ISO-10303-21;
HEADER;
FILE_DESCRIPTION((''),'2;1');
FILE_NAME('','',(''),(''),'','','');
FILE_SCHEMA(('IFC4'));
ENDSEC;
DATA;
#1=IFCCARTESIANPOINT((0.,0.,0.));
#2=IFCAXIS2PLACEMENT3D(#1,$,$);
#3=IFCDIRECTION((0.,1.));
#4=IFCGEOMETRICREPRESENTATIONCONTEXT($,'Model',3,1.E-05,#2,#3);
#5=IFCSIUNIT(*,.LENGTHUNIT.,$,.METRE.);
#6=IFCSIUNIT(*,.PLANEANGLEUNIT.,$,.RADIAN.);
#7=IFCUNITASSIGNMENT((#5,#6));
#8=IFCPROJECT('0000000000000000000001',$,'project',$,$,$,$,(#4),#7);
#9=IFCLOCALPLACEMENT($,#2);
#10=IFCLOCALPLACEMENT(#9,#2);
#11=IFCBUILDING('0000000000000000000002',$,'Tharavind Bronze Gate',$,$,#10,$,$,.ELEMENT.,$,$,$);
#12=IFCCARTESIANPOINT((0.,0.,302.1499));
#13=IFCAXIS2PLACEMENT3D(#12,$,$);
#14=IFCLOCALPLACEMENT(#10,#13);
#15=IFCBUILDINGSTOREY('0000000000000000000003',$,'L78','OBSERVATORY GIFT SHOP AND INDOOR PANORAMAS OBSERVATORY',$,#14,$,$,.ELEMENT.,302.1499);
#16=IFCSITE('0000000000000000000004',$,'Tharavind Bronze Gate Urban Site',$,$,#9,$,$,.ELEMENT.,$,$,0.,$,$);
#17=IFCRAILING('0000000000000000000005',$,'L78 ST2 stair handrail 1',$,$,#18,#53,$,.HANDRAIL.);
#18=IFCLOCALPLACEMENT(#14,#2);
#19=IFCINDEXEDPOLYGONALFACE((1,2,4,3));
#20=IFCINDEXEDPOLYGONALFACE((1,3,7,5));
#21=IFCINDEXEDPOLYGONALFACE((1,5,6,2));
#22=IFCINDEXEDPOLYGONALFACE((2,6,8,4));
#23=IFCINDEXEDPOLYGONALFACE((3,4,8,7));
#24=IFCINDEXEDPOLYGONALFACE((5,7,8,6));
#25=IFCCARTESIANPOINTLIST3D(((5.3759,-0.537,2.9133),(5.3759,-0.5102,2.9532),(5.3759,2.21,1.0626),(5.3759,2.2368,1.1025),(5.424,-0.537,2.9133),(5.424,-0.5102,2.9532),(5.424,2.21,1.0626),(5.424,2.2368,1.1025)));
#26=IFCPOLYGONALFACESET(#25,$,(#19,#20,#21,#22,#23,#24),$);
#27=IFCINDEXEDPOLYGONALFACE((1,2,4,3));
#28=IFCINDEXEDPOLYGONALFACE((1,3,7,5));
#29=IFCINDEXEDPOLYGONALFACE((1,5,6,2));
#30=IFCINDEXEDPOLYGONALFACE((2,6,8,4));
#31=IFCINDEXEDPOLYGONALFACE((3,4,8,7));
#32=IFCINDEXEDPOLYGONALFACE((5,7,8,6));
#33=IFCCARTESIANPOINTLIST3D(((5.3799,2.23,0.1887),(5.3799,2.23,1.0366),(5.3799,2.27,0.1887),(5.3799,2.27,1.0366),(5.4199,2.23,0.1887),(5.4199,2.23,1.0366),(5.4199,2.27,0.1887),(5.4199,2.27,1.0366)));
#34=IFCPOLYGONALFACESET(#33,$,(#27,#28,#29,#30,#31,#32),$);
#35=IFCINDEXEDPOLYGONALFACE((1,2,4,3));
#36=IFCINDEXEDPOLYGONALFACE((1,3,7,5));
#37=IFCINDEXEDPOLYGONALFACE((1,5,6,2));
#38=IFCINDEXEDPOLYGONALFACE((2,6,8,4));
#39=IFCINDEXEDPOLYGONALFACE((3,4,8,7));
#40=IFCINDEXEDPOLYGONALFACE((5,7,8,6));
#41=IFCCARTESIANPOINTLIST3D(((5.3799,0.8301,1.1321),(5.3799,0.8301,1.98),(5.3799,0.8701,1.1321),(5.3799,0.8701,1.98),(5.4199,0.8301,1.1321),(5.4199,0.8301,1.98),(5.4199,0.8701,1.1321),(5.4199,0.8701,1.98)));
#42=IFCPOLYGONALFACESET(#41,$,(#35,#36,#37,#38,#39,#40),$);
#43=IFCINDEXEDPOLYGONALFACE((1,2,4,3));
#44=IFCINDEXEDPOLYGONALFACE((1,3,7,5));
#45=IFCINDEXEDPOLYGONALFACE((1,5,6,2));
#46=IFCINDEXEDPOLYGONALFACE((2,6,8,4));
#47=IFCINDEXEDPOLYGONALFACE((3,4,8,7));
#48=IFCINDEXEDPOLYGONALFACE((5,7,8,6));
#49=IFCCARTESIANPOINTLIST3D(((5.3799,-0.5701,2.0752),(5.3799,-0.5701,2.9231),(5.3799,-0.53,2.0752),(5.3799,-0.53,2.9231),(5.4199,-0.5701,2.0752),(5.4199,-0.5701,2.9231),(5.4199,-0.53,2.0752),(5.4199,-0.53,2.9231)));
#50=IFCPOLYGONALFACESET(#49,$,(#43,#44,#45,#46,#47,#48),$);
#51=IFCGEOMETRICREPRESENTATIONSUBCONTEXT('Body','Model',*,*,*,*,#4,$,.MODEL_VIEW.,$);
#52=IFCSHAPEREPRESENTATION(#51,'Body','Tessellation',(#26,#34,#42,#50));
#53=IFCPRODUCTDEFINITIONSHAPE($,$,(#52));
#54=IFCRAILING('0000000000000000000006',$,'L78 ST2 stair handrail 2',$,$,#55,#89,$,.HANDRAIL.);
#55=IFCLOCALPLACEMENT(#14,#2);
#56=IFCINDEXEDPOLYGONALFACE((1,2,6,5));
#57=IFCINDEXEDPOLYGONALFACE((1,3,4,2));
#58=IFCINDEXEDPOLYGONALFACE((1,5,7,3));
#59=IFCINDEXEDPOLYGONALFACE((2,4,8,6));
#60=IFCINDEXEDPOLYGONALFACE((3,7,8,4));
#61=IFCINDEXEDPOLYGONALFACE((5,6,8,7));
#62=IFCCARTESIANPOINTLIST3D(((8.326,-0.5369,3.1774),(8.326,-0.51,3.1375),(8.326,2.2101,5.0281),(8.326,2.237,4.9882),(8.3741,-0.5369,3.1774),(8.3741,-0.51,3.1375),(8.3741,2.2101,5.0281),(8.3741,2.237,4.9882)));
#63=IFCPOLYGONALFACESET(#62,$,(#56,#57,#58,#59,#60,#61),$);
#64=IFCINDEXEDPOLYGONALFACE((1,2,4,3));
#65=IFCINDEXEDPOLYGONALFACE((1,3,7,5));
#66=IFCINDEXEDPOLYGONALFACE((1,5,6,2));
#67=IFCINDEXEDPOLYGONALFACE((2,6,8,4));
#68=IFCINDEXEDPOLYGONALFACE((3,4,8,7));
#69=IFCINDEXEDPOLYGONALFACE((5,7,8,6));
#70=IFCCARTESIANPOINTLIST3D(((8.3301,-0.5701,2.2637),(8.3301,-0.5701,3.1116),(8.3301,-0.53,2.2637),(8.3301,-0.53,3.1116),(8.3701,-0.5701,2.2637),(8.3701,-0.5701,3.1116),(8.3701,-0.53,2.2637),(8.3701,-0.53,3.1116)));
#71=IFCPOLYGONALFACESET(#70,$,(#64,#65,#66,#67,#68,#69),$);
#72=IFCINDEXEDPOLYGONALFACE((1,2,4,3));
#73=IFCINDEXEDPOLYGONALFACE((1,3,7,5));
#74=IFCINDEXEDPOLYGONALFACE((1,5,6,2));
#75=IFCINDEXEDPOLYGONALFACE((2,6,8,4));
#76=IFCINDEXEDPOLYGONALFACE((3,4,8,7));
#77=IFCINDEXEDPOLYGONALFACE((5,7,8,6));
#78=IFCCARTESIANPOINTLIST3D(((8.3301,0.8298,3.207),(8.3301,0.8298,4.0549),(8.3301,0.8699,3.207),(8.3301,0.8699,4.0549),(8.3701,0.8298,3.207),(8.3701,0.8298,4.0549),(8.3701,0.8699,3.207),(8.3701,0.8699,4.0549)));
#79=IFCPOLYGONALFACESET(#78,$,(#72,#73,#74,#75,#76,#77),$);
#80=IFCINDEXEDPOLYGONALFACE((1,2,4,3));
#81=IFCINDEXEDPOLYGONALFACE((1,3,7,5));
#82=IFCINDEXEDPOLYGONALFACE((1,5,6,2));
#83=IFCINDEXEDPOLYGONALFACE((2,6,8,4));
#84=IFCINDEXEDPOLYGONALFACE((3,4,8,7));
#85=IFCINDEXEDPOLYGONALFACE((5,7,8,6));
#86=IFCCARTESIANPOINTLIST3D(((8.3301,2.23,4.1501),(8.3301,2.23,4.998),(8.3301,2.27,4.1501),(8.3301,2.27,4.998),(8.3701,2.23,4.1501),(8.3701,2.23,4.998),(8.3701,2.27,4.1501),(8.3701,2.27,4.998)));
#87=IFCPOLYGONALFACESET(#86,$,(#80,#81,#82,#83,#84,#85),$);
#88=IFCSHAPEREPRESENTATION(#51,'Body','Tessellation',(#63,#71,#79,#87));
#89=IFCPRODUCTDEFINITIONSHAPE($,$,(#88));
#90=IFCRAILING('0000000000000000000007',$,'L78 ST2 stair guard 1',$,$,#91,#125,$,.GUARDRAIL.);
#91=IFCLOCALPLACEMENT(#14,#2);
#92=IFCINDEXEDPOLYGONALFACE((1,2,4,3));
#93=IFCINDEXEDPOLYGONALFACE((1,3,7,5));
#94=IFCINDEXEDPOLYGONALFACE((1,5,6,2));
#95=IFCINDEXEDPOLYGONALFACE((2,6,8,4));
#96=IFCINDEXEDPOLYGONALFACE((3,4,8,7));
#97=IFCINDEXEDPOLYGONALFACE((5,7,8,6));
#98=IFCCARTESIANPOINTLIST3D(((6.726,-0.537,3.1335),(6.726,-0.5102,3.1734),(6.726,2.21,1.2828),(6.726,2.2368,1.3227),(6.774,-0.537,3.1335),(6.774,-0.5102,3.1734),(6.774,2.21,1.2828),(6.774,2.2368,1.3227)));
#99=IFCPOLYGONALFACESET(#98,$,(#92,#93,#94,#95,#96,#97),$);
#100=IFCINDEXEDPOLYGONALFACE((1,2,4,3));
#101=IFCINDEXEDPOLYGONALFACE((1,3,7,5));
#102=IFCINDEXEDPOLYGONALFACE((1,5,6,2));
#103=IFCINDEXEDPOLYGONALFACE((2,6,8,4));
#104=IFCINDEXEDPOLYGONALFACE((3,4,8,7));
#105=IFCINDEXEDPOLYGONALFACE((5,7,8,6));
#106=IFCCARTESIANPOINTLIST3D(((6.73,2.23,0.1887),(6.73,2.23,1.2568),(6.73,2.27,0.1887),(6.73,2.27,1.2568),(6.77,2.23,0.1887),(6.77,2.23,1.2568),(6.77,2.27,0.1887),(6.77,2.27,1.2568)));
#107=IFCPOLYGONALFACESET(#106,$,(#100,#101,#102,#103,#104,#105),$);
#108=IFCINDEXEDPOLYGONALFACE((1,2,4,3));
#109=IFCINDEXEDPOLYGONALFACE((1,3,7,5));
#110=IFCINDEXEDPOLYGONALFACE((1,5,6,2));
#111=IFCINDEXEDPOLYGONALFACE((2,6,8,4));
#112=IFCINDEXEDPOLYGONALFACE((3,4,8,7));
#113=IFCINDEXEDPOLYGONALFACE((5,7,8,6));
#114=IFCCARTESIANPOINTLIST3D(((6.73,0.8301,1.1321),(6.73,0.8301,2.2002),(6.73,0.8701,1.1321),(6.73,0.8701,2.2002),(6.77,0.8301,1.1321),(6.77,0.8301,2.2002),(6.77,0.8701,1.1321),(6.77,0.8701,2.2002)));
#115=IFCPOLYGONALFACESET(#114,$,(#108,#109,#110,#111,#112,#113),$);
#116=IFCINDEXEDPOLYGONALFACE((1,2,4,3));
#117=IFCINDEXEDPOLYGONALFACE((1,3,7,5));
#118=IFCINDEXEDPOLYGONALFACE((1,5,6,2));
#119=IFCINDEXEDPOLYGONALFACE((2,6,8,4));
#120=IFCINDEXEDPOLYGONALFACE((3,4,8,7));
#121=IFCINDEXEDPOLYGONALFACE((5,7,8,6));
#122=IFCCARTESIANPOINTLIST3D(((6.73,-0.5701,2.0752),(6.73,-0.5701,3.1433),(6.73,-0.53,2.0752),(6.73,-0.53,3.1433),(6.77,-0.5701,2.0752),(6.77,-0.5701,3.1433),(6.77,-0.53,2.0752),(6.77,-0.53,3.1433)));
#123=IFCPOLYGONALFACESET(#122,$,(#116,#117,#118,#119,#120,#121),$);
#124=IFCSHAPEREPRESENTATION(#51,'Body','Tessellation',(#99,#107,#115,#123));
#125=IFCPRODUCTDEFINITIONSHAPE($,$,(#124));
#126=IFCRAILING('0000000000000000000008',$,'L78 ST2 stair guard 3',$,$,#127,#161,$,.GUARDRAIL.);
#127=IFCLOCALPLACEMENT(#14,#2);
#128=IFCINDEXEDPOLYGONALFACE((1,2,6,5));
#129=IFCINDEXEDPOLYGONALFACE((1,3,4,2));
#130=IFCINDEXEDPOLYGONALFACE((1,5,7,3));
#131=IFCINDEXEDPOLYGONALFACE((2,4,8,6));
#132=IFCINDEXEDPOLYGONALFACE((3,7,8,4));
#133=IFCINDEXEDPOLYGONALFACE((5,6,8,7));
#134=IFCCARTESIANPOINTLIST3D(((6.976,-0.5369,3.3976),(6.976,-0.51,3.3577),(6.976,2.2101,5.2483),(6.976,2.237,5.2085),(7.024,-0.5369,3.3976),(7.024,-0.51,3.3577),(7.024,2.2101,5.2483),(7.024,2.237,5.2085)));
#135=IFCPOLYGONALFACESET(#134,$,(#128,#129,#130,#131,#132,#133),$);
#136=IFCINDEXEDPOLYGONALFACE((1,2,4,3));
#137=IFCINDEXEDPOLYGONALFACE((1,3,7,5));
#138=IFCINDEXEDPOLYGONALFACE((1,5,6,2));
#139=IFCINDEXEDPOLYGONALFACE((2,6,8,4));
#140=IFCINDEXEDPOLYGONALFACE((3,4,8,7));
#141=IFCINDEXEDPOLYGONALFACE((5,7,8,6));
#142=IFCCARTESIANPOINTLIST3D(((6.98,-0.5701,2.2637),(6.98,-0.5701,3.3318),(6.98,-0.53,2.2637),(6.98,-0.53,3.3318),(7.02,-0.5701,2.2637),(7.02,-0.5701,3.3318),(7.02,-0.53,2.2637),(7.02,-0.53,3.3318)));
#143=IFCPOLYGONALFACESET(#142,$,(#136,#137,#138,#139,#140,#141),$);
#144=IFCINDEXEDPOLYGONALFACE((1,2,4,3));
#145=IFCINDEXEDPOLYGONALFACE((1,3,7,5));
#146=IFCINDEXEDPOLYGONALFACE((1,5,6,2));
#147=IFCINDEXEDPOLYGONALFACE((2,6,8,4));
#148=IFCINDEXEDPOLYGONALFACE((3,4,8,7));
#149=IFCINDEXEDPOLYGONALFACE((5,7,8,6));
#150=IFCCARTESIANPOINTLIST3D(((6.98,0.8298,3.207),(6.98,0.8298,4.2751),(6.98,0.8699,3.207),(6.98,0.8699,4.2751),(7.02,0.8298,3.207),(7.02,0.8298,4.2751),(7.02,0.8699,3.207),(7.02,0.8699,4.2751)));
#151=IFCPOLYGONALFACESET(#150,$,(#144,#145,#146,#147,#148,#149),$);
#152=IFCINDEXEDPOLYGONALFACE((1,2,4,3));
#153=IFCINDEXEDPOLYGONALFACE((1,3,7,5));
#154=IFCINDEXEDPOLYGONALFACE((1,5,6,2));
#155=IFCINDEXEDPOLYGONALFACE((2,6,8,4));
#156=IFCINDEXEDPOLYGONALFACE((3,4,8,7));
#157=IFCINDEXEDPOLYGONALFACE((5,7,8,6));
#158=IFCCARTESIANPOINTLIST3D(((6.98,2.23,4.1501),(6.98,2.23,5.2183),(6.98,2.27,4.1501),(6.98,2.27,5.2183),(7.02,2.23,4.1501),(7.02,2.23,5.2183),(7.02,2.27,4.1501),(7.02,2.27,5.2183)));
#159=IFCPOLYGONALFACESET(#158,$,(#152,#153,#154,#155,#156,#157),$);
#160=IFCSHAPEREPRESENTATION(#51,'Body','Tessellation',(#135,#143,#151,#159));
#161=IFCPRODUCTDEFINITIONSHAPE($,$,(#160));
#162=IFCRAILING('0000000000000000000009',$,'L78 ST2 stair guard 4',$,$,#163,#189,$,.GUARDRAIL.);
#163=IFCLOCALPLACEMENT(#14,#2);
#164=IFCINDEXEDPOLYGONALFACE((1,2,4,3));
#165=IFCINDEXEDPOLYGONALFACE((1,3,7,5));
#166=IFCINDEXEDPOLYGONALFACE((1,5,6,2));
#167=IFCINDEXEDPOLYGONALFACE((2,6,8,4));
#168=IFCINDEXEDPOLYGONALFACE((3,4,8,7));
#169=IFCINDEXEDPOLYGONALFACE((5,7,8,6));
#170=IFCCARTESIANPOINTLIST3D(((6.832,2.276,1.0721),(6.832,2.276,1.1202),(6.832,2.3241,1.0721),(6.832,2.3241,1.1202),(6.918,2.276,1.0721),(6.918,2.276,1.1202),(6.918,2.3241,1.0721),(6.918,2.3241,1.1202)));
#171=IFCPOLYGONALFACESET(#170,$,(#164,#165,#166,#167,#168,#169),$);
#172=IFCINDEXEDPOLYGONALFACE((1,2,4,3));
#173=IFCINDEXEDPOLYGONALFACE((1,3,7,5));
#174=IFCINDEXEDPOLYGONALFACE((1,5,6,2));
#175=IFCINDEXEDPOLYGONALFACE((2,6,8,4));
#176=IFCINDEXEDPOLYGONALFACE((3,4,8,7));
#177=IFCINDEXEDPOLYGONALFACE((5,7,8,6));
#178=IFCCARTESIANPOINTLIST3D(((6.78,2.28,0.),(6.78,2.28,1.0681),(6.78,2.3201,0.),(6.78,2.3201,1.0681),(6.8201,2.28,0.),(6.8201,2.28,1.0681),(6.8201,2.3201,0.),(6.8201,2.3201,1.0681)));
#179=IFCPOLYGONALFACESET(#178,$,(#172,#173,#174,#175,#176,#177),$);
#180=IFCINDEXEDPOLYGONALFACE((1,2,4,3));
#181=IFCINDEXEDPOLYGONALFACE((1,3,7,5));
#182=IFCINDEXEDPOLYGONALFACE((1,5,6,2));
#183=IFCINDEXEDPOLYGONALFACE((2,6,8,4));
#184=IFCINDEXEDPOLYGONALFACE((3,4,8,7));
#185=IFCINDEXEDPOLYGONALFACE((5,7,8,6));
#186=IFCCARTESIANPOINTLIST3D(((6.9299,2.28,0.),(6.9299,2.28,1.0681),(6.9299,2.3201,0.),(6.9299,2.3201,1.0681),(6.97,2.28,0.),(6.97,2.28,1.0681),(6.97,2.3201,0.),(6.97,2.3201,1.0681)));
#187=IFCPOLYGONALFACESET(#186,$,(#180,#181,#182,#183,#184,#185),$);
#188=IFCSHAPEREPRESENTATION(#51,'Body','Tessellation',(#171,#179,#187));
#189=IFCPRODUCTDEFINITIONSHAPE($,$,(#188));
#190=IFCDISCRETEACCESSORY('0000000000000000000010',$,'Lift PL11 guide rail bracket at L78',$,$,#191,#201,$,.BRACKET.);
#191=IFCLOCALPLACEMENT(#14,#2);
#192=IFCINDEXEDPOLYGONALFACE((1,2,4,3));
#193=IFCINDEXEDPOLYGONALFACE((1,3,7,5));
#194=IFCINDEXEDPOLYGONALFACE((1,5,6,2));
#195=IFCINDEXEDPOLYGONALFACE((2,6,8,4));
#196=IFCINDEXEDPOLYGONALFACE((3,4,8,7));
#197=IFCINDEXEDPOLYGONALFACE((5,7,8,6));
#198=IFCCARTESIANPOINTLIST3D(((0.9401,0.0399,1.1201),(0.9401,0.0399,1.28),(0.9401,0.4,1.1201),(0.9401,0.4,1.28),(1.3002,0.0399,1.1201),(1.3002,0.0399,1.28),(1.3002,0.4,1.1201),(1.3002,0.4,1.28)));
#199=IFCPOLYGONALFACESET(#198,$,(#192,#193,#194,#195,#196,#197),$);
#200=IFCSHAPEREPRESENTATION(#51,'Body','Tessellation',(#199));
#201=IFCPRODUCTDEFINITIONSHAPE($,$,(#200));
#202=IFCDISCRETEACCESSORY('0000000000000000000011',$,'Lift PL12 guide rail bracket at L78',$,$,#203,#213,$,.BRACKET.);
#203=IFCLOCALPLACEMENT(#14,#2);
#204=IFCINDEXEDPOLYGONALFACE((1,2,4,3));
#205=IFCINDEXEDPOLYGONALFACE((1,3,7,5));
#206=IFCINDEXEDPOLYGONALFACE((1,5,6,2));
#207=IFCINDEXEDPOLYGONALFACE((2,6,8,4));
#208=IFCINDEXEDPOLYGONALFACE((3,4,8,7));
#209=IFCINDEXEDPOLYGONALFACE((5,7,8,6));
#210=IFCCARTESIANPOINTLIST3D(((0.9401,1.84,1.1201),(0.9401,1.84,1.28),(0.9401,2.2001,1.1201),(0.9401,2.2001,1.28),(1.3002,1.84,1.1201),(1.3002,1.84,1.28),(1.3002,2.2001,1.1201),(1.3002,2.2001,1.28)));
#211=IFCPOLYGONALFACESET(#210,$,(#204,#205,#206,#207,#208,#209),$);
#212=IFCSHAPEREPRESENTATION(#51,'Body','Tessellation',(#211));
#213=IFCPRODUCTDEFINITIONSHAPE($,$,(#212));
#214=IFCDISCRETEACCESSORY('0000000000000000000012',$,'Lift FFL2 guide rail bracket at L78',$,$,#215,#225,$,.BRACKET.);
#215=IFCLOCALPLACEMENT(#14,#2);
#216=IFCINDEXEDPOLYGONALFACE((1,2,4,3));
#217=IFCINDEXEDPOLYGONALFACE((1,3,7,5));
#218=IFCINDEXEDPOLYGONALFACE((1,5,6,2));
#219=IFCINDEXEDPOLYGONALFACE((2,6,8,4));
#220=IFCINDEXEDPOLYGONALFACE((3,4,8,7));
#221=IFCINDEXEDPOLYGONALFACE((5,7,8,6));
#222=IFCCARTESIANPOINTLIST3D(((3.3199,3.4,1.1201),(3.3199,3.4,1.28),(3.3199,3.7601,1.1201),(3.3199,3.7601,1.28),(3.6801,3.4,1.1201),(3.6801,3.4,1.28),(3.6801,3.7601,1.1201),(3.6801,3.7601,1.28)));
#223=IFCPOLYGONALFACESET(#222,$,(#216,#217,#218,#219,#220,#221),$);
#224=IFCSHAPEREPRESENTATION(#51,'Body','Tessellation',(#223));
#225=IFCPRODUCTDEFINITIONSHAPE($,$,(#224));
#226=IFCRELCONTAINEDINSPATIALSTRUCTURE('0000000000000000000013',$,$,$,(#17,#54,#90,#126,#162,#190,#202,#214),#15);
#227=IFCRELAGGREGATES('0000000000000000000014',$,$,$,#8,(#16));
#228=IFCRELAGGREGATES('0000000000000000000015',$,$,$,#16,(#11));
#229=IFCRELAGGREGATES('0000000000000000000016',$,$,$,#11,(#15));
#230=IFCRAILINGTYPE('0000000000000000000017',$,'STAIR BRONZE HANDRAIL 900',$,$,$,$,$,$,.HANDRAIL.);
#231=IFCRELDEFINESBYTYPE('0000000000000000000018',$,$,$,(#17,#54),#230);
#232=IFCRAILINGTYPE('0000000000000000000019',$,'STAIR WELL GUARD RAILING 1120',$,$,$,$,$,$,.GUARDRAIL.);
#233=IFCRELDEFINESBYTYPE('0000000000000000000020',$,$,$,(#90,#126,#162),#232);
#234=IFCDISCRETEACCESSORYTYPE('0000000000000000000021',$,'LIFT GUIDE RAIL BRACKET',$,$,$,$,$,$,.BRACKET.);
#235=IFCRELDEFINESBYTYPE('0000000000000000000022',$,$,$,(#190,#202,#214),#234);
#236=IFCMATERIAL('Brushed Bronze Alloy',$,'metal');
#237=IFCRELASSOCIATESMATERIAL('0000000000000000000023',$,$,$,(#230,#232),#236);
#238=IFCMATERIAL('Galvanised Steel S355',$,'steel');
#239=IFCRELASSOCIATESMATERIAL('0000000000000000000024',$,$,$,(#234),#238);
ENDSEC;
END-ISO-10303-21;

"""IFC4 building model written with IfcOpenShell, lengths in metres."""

from ifc_helpers import new_model, si_unit, direction, frame, origin, origin_2d, place, context, subcontext, project, spatial, rectangle, extrude, material, type_object, element, save


model = new_model("IFC4")

# Units and contexts
model_context = context("Model", 3, precision=1e-05, world=origin(), true_north=direction((0.0, 1.0)))
body_context = subcontext(model_context, "Body", "Model", "MODEL_VIEW")
ifc_project = project(units=[si_unit("LENGTHUNIT", "METRE"), si_unit("PLANEANGLEUNIT", "RADIAN")], contexts=[model_context])

# Site, building, storey
site_placement = place(None, origin())
site = spatial("IfcSite", under=ifc_project, at=site_placement, Name="Tharavind Bronze Gate Urban Site", CompositionType="ELEMENT", RefElevation=0.0)
building_placement = place(site_placement, origin())
building = spatial("IfcBuilding", under=site, at=building_placement, Name="Tharavind Bronze Gate", CompositionType="ELEMENT")
storey_placement = place(building_placement, frame((0.0, 0.0, 302.1499)))
storey = spatial("IfcBuildingStorey", under=building, at=storey_placement, Name="L78", Description="OBSERVATORY GIFT SHOP AND INDOOR PANORAMAS OBSERVATORY", CompositionType="ELEMENT", Elevation=302.1499)

# Railings
ifc_material_1 = material(Name="Brushed Bronze Alloy", Category="metal")
railing_type_1 = type_object("IfcRailingType", Name="STAIR BRONZE HANDRAIL 900", PredefinedType="HANDRAIL", material=ifc_material_1)
railing_1_placement = place(storey_placement, frame((5.3999, 2.25, 0.1887)))
element("IfcRailing", 1, at=railing_1_placement, inside=storey, type_object=railing_type_1, Name="L78 ST2 stair handrail 1", PredefinedType="HANDRAIL", context=body_context, shape_type="SweptSolid", body=[
    extrude(rectangle(XDim=0.0481, YDim=0.0481, at=origin_2d()), frame((0.0, -0.0266, 0.8938), z_axis=(0.0, -0.829337, 0.558749), x_axis=(1.0, 0.0, 0.0)), (0.0, 0.0, 1.0), 3.3123),
    extrude(rectangle(XDim=0.04, YDim=0.04, at=origin_2d()), origin(), (0.0, 0.0, 1.0), 0.8479),
    extrude(rectangle(XDim=0.04, YDim=0.04, at=origin_2d()), frame((0.0, -1.3999, 0.9434)), (0.0, 0.0, 1.0), 0.8479),
    extrude(rectangle(XDim=0.04, YDim=0.04, at=origin_2d()), frame((0.0, -2.8, 1.8865)), (0.0, 0.0, 1.0), 0.8479),
])
railing_2_placement = place(storey_placement, frame((8.3501, -0.55, 2.2637)))
element("IfcRailing", 2, at=railing_2_placement, inside=storey, type_object=railing_type_1, Name="L78 ST2 stair handrail 2", PredefinedType="HANDRAIL", context=body_context, shape_type="SweptSolid", body=[
    extrude(rectangle(XDim=0.0481, YDim=0.0481, at=origin_2d()), frame((0.0, 0.0266, 0.8938), z_axis=(0.0, 0.829337, 0.558749), x_axis=(-1.0, 0.0, 0.0)), (0.0, 0.0, 1.0), 3.3123),
    extrude(rectangle(XDim=0.04, YDim=0.04, at=origin_2d()), origin(), (0.0, 0.0, 1.0), 0.8479),
    extrude(rectangle(XDim=0.04, YDim=0.04, at=origin_2d()), frame((0.0, 1.3999, 0.9434)), (0.0, 0.0, 1.0), 0.8479),
    extrude(rectangle(XDim=0.04, YDim=0.04, at=origin_2d()), frame((0.0, 2.8, 1.8865)), (0.0, 0.0, 1.0), 0.8479),
])
railing_type_2 = type_object("IfcRailingType", Name="STAIR WELL GUARD RAILING 1120", PredefinedType="GUARDRAIL", material=ifc_material_1)
railing_3_placement = place(storey_placement, frame((6.75, 2.25, 0.1887)))
element("IfcRailing", 3, at=railing_3_placement, inside=storey, type_object=railing_type_2, Name="L78 ST2 stair guard 1", PredefinedType="GUARDRAIL", context=body_context, shape_type="SweptSolid", body=[
    extrude(rectangle(XDim=0.0481, YDim=0.0481, at=origin_2d()), frame((0.0, -0.0266, 1.114), z_axis=(0.0, -0.829337, 0.558749), x_axis=(1.0, 0.0, 0.0)), (0.0, 0.0, 1.0), 3.3123),
    extrude(rectangle(XDim=0.04, YDim=0.04, at=origin_2d()), origin(), (0.0, 0.0, 1.0), 1.0681),
    extrude(rectangle(XDim=0.04, YDim=0.04, at=origin_2d()), frame((0.0, -1.3999, 0.9434)), (0.0, 0.0, 1.0), 1.0681),
    extrude(rectangle(XDim=0.04, YDim=0.04, at=origin_2d()), frame((0.0, -2.8, 1.8865)), (0.0, 0.0, 1.0), 1.0681),
])
railing_4_placement = place(storey_placement, frame((7.0, -0.55, 2.2637)))
element("IfcRailing", 4, at=railing_4_placement, inside=storey, type_object=railing_type_2, Name="L78 ST2 stair guard 3", PredefinedType="GUARDRAIL", context=body_context, shape_type="SweptSolid", body=[
    extrude(rectangle(XDim=0.0481, YDim=0.0481, at=origin_2d()), frame((0.0, 0.0266, 1.114), z_axis=(0.0, 0.829337, 0.558749), x_axis=(-1.0, 0.0, 0.0)), (0.0, 0.0, 1.0), 3.3123),
    extrude(rectangle(XDim=0.04, YDim=0.04, at=origin_2d()), origin(), (0.0, 0.0, 1.0), 1.0681),
    extrude(rectangle(XDim=0.04, YDim=0.04, at=origin_2d()), frame((0.0, 1.3999, 0.9434)), (0.0, 0.0, 1.0), 1.0681),
    extrude(rectangle(XDim=0.04, YDim=0.04, at=origin_2d()), frame((0.0, 2.8, 1.8865)), (0.0, 0.0, 1.0), 1.0681),
])
railing_5_placement = place(storey_placement, frame((6.8, 2.3, 0.0)))
element("IfcRailing", 5, at=railing_5_placement, inside=storey, type_object=railing_type_2, Name="L78 ST2 stair guard 4", PredefinedType="GUARDRAIL", context=body_context, shape_type="SweptSolid", body=[
    extrude(rectangle(XDim=0.0481, YDim=0.0481, at=origin_2d()), frame((0.032, 0.0, 1.0962), z_axis=(1.0, 0.0, 0.0), x_axis=(0.0, 1.0, 0.0)), (0.0, 0.0, 1.0), 0.0859),
    extrude(rectangle(XDim=0.04, YDim=0.04, at=origin_2d()), origin(), (0.0, 0.0, 1.0), 1.0681),
    extrude(rectangle(XDim=0.04, YDim=0.04, at=origin_2d()), frame((0.1499, 0.0, 0.0)), (0.0, 0.0, 1.0), 1.0681),
])

# Discrete accessories
ifc_material_2 = material(Name="Galvanised Steel S355", Category="steel")
discrete_accessory_type = type_object("IfcDiscreteAccessoryType", Name="LIFT GUIDE RAIL BRACKET", PredefinedType="BRACKET", material=ifc_material_2)
for number, where, z_axis, x_axis, name in (
    (6, (1.1201, 0.22, 1.1201), (0.0, 0.0, 1.0), (1.0, 0.0, 0.0), "Lift PL11 guide rail bracket at L78"),
    (7, (1.1201, 2.02, 1.1201), (0.0, 0.0, 1.0), (1.0, 0.0, 0.0), "Lift PL12 guide rail bracket at L78"),
    (8, (3.5, 3.5801, 1.1201), (0.0, 0.0, 1.0), (1.0, 0.0, 0.0), "Lift FFL2 guide rail bracket at L78"),
):
    element("IfcDiscreteAccessory", number, at=place(storey_placement, frame(where, z_axis=z_axis, x_axis=x_axis)), inside=storey, type_object=discrete_accessory_type, Name=name, PredefinedType="BRACKET", context=body_context, shape_type="SweptSolid", body=[
        extrude(rectangle(XDim=0.3601, YDim=0.3601, at=origin_2d()), origin(), (0.0, 0.0, 1.0), 0.1599),
    ])

save(model, "model.ifc")
